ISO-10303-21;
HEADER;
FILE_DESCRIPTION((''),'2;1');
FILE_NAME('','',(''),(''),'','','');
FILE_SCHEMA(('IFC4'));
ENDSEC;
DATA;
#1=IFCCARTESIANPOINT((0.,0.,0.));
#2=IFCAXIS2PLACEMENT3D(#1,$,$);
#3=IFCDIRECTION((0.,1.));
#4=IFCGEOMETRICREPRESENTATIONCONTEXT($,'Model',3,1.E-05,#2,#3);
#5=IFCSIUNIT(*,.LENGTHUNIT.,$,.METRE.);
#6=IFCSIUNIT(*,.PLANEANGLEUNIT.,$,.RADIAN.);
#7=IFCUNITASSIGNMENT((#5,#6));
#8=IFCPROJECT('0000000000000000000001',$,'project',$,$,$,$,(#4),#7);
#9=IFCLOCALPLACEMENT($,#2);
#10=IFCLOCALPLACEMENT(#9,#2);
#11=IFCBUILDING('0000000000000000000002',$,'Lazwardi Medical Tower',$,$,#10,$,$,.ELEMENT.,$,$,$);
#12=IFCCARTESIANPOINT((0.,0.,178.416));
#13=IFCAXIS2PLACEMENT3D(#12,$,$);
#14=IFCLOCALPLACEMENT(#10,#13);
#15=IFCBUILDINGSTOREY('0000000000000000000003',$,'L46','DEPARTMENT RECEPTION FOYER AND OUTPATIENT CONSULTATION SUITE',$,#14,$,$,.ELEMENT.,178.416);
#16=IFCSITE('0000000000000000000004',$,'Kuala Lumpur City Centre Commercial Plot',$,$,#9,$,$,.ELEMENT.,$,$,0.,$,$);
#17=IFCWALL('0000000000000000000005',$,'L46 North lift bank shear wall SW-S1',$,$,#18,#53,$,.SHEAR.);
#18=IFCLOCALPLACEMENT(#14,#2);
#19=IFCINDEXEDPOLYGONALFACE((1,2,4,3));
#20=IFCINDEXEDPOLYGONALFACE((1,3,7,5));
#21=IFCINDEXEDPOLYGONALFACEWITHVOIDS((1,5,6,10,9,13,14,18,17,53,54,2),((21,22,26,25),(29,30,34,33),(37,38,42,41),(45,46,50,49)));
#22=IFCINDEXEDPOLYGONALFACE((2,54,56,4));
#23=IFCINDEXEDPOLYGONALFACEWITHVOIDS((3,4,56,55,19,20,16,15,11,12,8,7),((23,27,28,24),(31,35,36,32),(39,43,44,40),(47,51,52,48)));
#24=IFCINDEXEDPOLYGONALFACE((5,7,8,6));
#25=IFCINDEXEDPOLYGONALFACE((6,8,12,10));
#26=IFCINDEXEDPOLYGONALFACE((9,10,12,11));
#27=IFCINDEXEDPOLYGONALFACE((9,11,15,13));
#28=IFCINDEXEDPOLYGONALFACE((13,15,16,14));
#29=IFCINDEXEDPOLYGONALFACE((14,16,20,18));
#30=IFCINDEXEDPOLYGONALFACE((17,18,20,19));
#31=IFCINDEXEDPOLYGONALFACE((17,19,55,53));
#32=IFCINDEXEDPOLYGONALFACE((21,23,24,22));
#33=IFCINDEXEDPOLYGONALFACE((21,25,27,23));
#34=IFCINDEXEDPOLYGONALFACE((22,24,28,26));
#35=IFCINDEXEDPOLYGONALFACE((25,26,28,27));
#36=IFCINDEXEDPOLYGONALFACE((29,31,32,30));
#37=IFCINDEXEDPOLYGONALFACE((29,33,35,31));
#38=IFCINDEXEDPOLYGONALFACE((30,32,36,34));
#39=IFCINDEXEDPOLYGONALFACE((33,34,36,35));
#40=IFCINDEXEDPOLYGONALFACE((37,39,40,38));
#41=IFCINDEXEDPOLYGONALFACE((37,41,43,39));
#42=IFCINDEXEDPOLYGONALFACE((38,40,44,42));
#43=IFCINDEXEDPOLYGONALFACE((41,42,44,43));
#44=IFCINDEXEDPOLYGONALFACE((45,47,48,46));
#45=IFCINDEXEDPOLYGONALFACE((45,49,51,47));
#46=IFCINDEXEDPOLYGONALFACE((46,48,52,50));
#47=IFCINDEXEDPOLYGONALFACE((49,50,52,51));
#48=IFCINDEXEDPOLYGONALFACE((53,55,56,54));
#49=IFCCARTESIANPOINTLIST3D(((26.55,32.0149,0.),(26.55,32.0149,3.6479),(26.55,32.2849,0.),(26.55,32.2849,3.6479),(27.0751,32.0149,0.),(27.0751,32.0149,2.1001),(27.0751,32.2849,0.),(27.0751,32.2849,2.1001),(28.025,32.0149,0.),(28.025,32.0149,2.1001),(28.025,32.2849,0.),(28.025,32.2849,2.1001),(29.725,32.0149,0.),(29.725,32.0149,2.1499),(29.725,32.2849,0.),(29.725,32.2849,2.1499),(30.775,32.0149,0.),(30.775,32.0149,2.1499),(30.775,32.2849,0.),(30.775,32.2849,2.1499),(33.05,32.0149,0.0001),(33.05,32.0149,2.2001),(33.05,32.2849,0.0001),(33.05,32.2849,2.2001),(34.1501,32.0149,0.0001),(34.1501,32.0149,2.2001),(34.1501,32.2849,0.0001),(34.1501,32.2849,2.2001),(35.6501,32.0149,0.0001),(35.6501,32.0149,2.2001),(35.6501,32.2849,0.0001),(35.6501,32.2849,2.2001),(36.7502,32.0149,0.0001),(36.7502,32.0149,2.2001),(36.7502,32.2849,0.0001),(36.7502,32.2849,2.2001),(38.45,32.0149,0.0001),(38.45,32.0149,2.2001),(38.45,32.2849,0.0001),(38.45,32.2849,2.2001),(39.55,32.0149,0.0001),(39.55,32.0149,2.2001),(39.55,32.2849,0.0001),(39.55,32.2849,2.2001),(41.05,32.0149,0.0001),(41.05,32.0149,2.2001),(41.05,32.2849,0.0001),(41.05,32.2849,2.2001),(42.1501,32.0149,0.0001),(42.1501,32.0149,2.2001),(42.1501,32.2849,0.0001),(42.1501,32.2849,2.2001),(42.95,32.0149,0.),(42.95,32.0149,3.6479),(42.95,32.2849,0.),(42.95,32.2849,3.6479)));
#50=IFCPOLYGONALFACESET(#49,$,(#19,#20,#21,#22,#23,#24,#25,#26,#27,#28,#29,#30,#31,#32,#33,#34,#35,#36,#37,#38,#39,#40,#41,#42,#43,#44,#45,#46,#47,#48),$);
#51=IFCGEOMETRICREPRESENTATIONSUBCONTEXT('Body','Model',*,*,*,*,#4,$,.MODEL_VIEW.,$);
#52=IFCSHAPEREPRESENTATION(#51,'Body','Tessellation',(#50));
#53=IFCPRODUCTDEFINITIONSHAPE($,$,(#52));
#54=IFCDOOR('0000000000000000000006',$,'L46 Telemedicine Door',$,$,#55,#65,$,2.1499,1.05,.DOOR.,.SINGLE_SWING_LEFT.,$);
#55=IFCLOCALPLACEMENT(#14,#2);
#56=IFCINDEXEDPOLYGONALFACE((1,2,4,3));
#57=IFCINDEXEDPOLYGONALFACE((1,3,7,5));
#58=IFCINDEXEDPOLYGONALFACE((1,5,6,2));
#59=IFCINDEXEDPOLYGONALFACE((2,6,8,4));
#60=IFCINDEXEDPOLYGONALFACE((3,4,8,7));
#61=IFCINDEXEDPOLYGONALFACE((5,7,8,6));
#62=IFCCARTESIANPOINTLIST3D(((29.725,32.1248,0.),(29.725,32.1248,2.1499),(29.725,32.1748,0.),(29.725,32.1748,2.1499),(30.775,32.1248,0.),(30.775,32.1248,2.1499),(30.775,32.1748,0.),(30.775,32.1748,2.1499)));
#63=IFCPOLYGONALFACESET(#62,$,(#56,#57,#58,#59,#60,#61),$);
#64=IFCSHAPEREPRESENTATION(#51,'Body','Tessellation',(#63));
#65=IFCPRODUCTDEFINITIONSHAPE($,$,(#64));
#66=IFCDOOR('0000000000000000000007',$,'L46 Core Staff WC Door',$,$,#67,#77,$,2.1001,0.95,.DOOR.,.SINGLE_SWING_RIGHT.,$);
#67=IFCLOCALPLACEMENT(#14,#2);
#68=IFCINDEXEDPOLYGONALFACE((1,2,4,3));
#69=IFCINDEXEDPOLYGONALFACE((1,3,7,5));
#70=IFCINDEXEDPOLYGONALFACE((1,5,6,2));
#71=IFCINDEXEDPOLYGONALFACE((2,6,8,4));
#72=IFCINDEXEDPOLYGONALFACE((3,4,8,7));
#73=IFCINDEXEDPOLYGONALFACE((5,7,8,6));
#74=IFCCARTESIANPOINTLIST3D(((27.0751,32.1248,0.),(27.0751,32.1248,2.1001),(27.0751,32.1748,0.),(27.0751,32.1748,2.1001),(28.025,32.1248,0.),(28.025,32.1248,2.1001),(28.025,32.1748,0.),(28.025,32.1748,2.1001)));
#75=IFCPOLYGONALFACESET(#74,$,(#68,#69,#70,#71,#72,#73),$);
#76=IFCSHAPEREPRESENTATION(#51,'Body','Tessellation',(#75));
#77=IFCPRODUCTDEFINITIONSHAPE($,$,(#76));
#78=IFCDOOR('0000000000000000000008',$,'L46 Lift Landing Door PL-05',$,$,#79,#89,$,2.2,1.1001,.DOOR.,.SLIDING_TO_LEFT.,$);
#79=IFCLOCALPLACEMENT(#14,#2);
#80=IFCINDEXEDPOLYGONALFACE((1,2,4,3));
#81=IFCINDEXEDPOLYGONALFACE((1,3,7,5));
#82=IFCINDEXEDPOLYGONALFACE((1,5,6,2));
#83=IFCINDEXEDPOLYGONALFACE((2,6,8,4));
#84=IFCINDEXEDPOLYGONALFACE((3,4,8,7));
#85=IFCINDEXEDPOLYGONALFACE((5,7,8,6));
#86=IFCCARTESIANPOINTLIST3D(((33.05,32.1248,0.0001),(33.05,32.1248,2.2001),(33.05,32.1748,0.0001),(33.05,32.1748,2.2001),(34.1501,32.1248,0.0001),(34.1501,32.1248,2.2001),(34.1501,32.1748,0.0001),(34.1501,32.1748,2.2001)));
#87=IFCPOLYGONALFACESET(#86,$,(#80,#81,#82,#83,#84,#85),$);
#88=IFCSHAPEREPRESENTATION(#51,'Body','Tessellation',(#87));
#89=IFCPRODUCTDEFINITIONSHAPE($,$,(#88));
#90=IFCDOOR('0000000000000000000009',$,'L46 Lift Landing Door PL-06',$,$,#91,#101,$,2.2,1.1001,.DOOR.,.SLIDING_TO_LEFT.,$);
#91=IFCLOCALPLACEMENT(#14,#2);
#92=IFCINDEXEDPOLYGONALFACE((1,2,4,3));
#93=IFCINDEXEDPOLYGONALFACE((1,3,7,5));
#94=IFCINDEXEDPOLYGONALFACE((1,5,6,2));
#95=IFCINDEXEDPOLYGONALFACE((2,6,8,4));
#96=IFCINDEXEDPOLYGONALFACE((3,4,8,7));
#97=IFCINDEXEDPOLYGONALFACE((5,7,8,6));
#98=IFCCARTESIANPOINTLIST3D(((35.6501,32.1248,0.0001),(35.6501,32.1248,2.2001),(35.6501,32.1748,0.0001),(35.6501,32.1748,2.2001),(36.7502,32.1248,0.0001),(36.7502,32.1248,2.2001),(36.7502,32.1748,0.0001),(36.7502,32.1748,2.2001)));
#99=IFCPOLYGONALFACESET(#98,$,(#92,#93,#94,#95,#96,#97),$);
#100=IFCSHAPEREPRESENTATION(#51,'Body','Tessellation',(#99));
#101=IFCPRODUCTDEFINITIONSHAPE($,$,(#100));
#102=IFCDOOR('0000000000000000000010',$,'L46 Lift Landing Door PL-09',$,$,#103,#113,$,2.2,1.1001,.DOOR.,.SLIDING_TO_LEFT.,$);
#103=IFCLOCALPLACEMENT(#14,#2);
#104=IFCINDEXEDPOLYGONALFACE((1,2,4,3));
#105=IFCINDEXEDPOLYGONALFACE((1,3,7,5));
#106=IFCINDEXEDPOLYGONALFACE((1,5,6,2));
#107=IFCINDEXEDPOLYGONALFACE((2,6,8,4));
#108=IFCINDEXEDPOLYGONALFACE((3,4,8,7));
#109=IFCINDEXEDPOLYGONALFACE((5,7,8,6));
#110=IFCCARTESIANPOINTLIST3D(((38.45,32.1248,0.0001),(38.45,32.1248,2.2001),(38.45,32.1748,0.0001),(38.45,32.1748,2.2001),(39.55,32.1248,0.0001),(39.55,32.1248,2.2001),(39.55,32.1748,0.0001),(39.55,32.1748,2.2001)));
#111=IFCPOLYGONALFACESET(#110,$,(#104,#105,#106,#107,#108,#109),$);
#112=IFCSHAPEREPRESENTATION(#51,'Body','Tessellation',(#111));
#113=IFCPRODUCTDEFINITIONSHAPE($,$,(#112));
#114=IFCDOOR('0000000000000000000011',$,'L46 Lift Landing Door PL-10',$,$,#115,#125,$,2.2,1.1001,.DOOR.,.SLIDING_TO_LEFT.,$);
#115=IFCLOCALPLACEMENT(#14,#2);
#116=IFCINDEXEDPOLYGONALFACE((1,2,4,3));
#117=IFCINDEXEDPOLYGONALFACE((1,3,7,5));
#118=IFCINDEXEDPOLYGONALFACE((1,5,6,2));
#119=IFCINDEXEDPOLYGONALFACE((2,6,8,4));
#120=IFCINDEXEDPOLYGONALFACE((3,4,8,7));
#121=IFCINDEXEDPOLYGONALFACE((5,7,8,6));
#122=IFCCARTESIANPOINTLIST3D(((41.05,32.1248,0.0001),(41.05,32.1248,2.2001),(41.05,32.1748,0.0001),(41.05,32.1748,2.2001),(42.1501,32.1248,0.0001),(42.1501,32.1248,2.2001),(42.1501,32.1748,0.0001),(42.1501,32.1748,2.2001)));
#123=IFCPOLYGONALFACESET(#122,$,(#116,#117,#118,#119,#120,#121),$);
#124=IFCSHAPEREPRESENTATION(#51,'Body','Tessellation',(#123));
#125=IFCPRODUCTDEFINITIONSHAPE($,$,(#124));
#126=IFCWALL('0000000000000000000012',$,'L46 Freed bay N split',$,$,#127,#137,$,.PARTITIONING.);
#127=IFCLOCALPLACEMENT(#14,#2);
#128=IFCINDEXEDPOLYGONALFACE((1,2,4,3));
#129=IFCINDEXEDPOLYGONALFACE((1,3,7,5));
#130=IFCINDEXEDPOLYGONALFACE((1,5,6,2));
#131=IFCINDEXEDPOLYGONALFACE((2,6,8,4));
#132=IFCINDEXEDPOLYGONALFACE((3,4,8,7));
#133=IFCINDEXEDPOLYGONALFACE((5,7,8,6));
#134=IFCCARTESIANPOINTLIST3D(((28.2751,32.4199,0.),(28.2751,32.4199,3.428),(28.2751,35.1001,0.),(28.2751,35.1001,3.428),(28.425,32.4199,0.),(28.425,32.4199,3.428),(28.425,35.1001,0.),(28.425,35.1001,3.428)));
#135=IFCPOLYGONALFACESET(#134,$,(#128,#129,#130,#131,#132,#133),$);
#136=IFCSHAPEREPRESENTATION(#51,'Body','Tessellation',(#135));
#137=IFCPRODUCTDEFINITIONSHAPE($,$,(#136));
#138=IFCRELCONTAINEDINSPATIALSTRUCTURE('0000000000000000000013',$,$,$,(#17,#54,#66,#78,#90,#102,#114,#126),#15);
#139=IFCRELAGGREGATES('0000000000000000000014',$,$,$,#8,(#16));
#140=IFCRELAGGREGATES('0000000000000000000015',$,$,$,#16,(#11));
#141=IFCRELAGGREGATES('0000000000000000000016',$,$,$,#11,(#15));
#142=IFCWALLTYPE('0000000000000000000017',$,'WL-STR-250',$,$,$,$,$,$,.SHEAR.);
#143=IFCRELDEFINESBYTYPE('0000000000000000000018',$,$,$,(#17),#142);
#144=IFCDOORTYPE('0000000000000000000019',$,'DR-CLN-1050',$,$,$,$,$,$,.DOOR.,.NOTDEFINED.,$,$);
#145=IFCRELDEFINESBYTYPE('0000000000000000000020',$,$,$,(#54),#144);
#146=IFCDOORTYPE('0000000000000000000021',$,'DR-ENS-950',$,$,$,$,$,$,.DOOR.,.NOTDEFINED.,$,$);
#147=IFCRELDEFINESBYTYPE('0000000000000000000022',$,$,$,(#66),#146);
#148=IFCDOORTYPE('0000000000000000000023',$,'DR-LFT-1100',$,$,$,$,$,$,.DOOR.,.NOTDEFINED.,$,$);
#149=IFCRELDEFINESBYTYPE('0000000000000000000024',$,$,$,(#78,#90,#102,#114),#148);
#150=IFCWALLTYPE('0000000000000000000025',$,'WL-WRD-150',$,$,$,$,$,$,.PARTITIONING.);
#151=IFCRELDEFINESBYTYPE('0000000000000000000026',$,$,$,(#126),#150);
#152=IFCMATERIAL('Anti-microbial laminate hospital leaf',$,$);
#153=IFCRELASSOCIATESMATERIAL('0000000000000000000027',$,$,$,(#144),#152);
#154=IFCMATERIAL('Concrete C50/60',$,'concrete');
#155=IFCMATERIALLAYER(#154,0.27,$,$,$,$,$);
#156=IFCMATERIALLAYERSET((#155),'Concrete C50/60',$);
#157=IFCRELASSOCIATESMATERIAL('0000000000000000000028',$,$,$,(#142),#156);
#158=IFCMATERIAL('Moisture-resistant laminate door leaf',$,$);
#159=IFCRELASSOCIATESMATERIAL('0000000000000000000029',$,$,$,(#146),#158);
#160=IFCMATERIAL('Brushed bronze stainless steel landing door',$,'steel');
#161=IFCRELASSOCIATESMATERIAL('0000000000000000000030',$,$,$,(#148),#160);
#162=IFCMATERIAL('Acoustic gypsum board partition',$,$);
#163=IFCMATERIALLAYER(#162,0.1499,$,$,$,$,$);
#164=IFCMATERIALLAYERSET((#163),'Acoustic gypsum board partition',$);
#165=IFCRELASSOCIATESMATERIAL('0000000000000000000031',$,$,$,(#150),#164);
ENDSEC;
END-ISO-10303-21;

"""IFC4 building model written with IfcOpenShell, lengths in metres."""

from ifc_helpers import new_model, si_unit, direction, frame, frame_2d, origin, place, context, subcontext, project, spatial, rectangle, extrude, material, layer, layer_set, type_object, element, fill, save


model = new_model("IFC4")

# Units and contexts
model_context = context("Model", 3, precision=1e-05, world=origin(), true_north=direction((0.0, 1.0)))
body_context = subcontext(model_context, "Body", "Model", "MODEL_VIEW")
ifc_project = project(units=[si_unit("LENGTHUNIT", "METRE"), si_unit("PLANEANGLEUNIT", "RADIAN")], contexts=[model_context])

# Site, building, storey
site_placement = place(None, origin())
site = spatial("IfcSite", under=ifc_project, at=site_placement, Name="Kuala Lumpur City Centre Commercial Plot", CompositionType="ELEMENT", RefElevation=0.0)
building_placement = place(site_placement, origin())
building = spatial("IfcBuilding", under=site, at=building_placement, Name="Lazwardi Medical Tower", CompositionType="ELEMENT")
storey_placement = place(building_placement, frame((0.0, 0.0, 178.416)))
storey = spatial("IfcBuildingStorey", under=building, at=storey_placement, Name="L46", Description="DEPARTMENT RECEPTION FOYER AND OUTPATIENT CONSULTATION SUITE", CompositionType="ELEMENT", Elevation=178.416)

# Shared definitions
ifc_material_1 = material(Name="Anti-microbial laminate hospital leaf")
door_type_1 = type_object("IfcDoorType", Name="DR-CLN-1050", OperationType="NOTDEFINED", PredefinedType="DOOR", material=ifc_material_1)

# Shared definitions
ifc_material_2 = material(Name="Concrete C50/60", Category="concrete")
ifc_layer_1 = layer(ifc_material_2, 0.27)
ifc_layer_set_1 = layer_set([ifc_layer_1], Name="Concrete C50/60")
wall_type_1 = type_object("IfcWallType", Name="WL-STR-250", PredefinedType="SHEAR", material=ifc_layer_set_1)

# Wall, openings, doors
wall_1_placement = place(storey_placement, frame((26.55, 32.1499, 0.0), z_axis=(0.0, 0.0, 1.0), x_axis=(1.0, 0.0, 0.0)))
wall_1 = element("IfcWall", 1, at=wall_1_placement, inside=storey, type_object=wall_type_1, Name="L46 North lift bank shear wall SW-S1", PredefinedType="SHEAR", context=body_context, shape_type="SweptSolid", body=[
    extrude(rectangle(XDim=16.3999, YDim=0.27, at=frame_2d((8.2, 0.0))), origin(), (0.0, 0.0, 1.0), 3.6479),
])
opening_1_placement = place(wall_1_placement, frame((0.5249, 0.0, 0.0)))
opening_1 = element("IfcOpeningElement", 2, at=opening_1_placement, cuts=wall_1, PredefinedType="OPENING", context=body_context, shape_type="SweptSolid", body=[
    extrude(rectangle(XDim=0.95, YDim=2.1001, at=frame_2d((0.4751, 1.05))), frame((0.0, 0.145, 0.0), z_axis=(0.0, -1.0, 0.0), x_axis=(1.0, 0.0, 0.0)), (0.0, 0.0, 1.0), 0.29),
])
opening_2_placement = place(wall_1_placement, frame((3.175, 0.0, 0.0)))
opening_2 = element("IfcOpeningElement", 3, at=opening_2_placement, cuts=wall_1, PredefinedType="OPENING", context=body_context, shape_type="SweptSolid", body=[
    extrude(rectangle(XDim=1.05, YDim=2.1499, at=frame_2d((0.5249, 1.075))), frame((0.0, 0.145, 0.0), z_axis=(0.0, -1.0, 0.0), x_axis=(1.0, 0.0, 0.0)), (0.0, 0.0, 1.0), 0.29),
])
opening_3_placement = place(wall_1_placement, frame((6.5, 0.0, 0.0)))
opening_3 = element("IfcOpeningElement", 4, at=opening_3_placement, cuts=wall_1, PredefinedType="OPENING", context=body_context, shape_type="SweptSolid", body=[
    extrude(rectangle(XDim=1.1001, YDim=2.2, at=frame_2d((0.55, 1.1001))), frame((0.0, 0.145, 0.0), z_axis=(0.0, -1.0, 0.0), x_axis=(1.0, 0.0, 0.0)), (0.0, 0.0, 1.0), 0.29),
])
opening_4_placement = place(wall_1_placement, frame((9.1001, 0.0, 0.0)))
opening_4 = element("IfcOpeningElement", 5, at=opening_4_placement, cuts=wall_1, PredefinedType="OPENING", context=body_context, shape_type="SweptSolid", body=[
    extrude(rectangle(XDim=1.1001, YDim=2.2, at=frame_2d((0.55, 1.1001))), frame((0.0, 0.145, 0.0), z_axis=(0.0, -1.0, 0.0), x_axis=(1.0, 0.0, 0.0)), (0.0, 0.0, 1.0), 0.29),
])
opening_5_placement = place(wall_1_placement, frame((11.8999, 0.0, 0.0)))
opening_5 = element("IfcOpeningElement", 6, at=opening_5_placement, cuts=wall_1, PredefinedType="OPENING", context=body_context, shape_type="SweptSolid", body=[
    extrude(rectangle(XDim=1.1001, YDim=2.2, at=frame_2d((0.55, 1.1001))), frame((0.0, 0.145, 0.0), z_axis=(0.0, -1.0, 0.0), x_axis=(1.0, 0.0, 0.0)), (0.0, 0.0, 1.0), 0.29),
])
opening_6_placement = place(wall_1_placement, frame((14.5, 0.0, 0.0)))
opening_6 = element("IfcOpeningElement", 7, at=opening_6_placement, cuts=wall_1, PredefinedType="OPENING", context=body_context, shape_type="SweptSolid", body=[
    extrude(rectangle(XDim=1.1001, YDim=2.2, at=frame_2d((0.55, 1.1001))), frame((0.0, 0.145, 0.0), z_axis=(0.0, -1.0, 0.0), x_axis=(1.0, 0.0, 0.0)), (0.0, 0.0, 1.0), 0.29),
])
door_1_placement = place(opening_2_placement, origin())
door_1 = element("IfcDoor", 8, at=door_1_placement, inside=storey, type_object=door_type_1, Name="L46 Telemedicine Door", OperationType="SINGLE_SWING_LEFT", OverallHeight=2.1499, OverallWidth=1.05, PredefinedType="DOOR", context=body_context, shape_type="SweptSolid", body=[
    extrude(rectangle(XDim=1.05, YDim=2.1499, at=frame_2d((0.5249, 1.075))), frame((0.0, 0.0249, 0.0), z_axis=(0.0, -1.0, 0.0), x_axis=(1.0, 0.0, 0.0)), (0.0, 0.0, 1.0), 0.05),
])
fill(opening_2, door_1)
ifc_material_3 = material(Name="Moisture-resistant laminate door leaf")
door_type_2 = type_object("IfcDoorType", Name="DR-ENS-950", OperationType="NOTDEFINED", PredefinedType="DOOR", material=ifc_material_3)
door_2_placement = place(opening_1_placement, origin())
door_2 = element("IfcDoor", 9, at=door_2_placement, inside=storey, type_object=door_type_2, Name="L46 Core Staff WC Door", OperationType="SINGLE_SWING_RIGHT", OverallHeight=2.1001, OverallWidth=0.95, PredefinedType="DOOR", context=body_context, shape_type="SweptSolid", body=[
    extrude(rectangle(XDim=0.95, YDim=2.1001, at=frame_2d((0.4751, 1.05))), frame((0.0, 0.0249, 0.0), z_axis=(0.0, -1.0, 0.0), x_axis=(1.0, 0.0, 0.0)), (0.0, 0.0, 1.0), 0.05),
])
fill(opening_1, door_2)
ifc_material_4 = material(Name="Brushed bronze stainless steel landing door", Category="steel")
door_type_3 = type_object("IfcDoorType", Name="DR-LFT-1100", OperationType="NOTDEFINED", PredefinedType="DOOR", material=ifc_material_4)
door_3_placement = place(opening_3_placement, origin())
door_3 = element("IfcDoor", 10, at=door_3_placement, inside=storey, type_object=door_type_3, Name="L46 Lift Landing Door PL-05", OperationType="SLIDING_TO_LEFT", OverallHeight=2.2, OverallWidth=1.1001, PredefinedType="DOOR", context=body_context, shape_type="SweptSolid", body=[
    extrude(rectangle(XDim=1.1001, YDim=2.2, at=frame_2d((0.55, 1.1001))), frame((0.0, 0.0249, 0.0), z_axis=(0.0, -1.0, 0.0), x_axis=(1.0, 0.0, 0.0)), (0.0, 0.0, 1.0), 0.05),
])
fill(opening_3, door_3)
door_4_placement = place(opening_4_placement, origin())
door_4 = element("IfcDoor", 11, at=door_4_placement, inside=storey, type_object=door_type_3, Name="L46 Lift Landing Door PL-06", OperationType="SLIDING_TO_LEFT", OverallHeight=2.2, OverallWidth=1.1001, PredefinedType="DOOR", context=body_context, shape_type="SweptSolid", body=[
    extrude(rectangle(XDim=1.1001, YDim=2.2, at=frame_2d((0.55, 1.1001))), frame((0.0, 0.0249, 0.0), z_axis=(0.0, -1.0, 0.0), x_axis=(1.0, 0.0, 0.0)), (0.0, 0.0, 1.0), 0.05),
])
fill(opening_4, door_4)
door_5_placement = place(opening_5_placement, origin())
door_5 = element("IfcDoor", 12, at=door_5_placement, inside=storey, type_object=door_type_3, Name="L46 Lift Landing Door PL-09", OperationType="SLIDING_TO_LEFT", OverallHeight=2.2, OverallWidth=1.1001, PredefinedType="DOOR", context=body_context, shape_type="SweptSolid", body=[
    extrude(rectangle(XDim=1.1001, YDim=2.2, at=frame_2d((0.55, 1.1001))), frame((0.0, 0.0249, 0.0), z_axis=(0.0, -1.0, 0.0), x_axis=(1.0, 0.0, 0.0)), (0.0, 0.0, 1.0), 0.05),
])
fill(opening_5, door_5)
door_6_placement = place(opening_6_placement, origin())
door_6 = element("IfcDoor", 13, at=door_6_placement, inside=storey, type_object=door_type_3, Name="L46 Lift Landing Door PL-10", OperationType="SLIDING_TO_LEFT", OverallHeight=2.2, OverallWidth=1.1001, PredefinedType="DOOR", context=body_context, shape_type="SweptSolid", body=[
    extrude(rectangle(XDim=1.1001, YDim=2.2, at=frame_2d((0.55, 1.1001))), frame((0.0, 0.0249, 0.0), z_axis=(0.0, -1.0, 0.0), x_axis=(1.0, 0.0, 0.0)), (0.0, 0.0, 1.0), 0.05),
])
fill(opening_6, door_6)

# Wall
ifc_material_5 = material(Name="Acoustic gypsum board partition")
ifc_layer_2 = layer(ifc_material_5, 0.1499)
ifc_layer_set_2 = layer_set([ifc_layer_2], Name="Acoustic gypsum board partition")
wall_type_2 = type_object("IfcWallType", Name="WL-WRD-150", PredefinedType="PARTITIONING", material=ifc_layer_set_2)
wall_2_placement = place(storey_placement, frame((28.3501, 32.4199, 0.0), z_axis=(0.0, 0.0, 1.0), x_axis=(0.0, 1.0, 0.0)))
element("IfcWall", 14, at=wall_2_placement, inside=storey, type_object=wall_type_2, Name="L46 Freed bay N split", PredefinedType="PARTITIONING", context=body_context, shape_type="SweptSolid", body=[
    extrude(rectangle(XDim=2.6802, YDim=0.1499, at=frame_2d((1.3401, 0.0))), origin(), (0.0, 0.0, 1.0), 3.428),
])

save(model, "model.ifc")
